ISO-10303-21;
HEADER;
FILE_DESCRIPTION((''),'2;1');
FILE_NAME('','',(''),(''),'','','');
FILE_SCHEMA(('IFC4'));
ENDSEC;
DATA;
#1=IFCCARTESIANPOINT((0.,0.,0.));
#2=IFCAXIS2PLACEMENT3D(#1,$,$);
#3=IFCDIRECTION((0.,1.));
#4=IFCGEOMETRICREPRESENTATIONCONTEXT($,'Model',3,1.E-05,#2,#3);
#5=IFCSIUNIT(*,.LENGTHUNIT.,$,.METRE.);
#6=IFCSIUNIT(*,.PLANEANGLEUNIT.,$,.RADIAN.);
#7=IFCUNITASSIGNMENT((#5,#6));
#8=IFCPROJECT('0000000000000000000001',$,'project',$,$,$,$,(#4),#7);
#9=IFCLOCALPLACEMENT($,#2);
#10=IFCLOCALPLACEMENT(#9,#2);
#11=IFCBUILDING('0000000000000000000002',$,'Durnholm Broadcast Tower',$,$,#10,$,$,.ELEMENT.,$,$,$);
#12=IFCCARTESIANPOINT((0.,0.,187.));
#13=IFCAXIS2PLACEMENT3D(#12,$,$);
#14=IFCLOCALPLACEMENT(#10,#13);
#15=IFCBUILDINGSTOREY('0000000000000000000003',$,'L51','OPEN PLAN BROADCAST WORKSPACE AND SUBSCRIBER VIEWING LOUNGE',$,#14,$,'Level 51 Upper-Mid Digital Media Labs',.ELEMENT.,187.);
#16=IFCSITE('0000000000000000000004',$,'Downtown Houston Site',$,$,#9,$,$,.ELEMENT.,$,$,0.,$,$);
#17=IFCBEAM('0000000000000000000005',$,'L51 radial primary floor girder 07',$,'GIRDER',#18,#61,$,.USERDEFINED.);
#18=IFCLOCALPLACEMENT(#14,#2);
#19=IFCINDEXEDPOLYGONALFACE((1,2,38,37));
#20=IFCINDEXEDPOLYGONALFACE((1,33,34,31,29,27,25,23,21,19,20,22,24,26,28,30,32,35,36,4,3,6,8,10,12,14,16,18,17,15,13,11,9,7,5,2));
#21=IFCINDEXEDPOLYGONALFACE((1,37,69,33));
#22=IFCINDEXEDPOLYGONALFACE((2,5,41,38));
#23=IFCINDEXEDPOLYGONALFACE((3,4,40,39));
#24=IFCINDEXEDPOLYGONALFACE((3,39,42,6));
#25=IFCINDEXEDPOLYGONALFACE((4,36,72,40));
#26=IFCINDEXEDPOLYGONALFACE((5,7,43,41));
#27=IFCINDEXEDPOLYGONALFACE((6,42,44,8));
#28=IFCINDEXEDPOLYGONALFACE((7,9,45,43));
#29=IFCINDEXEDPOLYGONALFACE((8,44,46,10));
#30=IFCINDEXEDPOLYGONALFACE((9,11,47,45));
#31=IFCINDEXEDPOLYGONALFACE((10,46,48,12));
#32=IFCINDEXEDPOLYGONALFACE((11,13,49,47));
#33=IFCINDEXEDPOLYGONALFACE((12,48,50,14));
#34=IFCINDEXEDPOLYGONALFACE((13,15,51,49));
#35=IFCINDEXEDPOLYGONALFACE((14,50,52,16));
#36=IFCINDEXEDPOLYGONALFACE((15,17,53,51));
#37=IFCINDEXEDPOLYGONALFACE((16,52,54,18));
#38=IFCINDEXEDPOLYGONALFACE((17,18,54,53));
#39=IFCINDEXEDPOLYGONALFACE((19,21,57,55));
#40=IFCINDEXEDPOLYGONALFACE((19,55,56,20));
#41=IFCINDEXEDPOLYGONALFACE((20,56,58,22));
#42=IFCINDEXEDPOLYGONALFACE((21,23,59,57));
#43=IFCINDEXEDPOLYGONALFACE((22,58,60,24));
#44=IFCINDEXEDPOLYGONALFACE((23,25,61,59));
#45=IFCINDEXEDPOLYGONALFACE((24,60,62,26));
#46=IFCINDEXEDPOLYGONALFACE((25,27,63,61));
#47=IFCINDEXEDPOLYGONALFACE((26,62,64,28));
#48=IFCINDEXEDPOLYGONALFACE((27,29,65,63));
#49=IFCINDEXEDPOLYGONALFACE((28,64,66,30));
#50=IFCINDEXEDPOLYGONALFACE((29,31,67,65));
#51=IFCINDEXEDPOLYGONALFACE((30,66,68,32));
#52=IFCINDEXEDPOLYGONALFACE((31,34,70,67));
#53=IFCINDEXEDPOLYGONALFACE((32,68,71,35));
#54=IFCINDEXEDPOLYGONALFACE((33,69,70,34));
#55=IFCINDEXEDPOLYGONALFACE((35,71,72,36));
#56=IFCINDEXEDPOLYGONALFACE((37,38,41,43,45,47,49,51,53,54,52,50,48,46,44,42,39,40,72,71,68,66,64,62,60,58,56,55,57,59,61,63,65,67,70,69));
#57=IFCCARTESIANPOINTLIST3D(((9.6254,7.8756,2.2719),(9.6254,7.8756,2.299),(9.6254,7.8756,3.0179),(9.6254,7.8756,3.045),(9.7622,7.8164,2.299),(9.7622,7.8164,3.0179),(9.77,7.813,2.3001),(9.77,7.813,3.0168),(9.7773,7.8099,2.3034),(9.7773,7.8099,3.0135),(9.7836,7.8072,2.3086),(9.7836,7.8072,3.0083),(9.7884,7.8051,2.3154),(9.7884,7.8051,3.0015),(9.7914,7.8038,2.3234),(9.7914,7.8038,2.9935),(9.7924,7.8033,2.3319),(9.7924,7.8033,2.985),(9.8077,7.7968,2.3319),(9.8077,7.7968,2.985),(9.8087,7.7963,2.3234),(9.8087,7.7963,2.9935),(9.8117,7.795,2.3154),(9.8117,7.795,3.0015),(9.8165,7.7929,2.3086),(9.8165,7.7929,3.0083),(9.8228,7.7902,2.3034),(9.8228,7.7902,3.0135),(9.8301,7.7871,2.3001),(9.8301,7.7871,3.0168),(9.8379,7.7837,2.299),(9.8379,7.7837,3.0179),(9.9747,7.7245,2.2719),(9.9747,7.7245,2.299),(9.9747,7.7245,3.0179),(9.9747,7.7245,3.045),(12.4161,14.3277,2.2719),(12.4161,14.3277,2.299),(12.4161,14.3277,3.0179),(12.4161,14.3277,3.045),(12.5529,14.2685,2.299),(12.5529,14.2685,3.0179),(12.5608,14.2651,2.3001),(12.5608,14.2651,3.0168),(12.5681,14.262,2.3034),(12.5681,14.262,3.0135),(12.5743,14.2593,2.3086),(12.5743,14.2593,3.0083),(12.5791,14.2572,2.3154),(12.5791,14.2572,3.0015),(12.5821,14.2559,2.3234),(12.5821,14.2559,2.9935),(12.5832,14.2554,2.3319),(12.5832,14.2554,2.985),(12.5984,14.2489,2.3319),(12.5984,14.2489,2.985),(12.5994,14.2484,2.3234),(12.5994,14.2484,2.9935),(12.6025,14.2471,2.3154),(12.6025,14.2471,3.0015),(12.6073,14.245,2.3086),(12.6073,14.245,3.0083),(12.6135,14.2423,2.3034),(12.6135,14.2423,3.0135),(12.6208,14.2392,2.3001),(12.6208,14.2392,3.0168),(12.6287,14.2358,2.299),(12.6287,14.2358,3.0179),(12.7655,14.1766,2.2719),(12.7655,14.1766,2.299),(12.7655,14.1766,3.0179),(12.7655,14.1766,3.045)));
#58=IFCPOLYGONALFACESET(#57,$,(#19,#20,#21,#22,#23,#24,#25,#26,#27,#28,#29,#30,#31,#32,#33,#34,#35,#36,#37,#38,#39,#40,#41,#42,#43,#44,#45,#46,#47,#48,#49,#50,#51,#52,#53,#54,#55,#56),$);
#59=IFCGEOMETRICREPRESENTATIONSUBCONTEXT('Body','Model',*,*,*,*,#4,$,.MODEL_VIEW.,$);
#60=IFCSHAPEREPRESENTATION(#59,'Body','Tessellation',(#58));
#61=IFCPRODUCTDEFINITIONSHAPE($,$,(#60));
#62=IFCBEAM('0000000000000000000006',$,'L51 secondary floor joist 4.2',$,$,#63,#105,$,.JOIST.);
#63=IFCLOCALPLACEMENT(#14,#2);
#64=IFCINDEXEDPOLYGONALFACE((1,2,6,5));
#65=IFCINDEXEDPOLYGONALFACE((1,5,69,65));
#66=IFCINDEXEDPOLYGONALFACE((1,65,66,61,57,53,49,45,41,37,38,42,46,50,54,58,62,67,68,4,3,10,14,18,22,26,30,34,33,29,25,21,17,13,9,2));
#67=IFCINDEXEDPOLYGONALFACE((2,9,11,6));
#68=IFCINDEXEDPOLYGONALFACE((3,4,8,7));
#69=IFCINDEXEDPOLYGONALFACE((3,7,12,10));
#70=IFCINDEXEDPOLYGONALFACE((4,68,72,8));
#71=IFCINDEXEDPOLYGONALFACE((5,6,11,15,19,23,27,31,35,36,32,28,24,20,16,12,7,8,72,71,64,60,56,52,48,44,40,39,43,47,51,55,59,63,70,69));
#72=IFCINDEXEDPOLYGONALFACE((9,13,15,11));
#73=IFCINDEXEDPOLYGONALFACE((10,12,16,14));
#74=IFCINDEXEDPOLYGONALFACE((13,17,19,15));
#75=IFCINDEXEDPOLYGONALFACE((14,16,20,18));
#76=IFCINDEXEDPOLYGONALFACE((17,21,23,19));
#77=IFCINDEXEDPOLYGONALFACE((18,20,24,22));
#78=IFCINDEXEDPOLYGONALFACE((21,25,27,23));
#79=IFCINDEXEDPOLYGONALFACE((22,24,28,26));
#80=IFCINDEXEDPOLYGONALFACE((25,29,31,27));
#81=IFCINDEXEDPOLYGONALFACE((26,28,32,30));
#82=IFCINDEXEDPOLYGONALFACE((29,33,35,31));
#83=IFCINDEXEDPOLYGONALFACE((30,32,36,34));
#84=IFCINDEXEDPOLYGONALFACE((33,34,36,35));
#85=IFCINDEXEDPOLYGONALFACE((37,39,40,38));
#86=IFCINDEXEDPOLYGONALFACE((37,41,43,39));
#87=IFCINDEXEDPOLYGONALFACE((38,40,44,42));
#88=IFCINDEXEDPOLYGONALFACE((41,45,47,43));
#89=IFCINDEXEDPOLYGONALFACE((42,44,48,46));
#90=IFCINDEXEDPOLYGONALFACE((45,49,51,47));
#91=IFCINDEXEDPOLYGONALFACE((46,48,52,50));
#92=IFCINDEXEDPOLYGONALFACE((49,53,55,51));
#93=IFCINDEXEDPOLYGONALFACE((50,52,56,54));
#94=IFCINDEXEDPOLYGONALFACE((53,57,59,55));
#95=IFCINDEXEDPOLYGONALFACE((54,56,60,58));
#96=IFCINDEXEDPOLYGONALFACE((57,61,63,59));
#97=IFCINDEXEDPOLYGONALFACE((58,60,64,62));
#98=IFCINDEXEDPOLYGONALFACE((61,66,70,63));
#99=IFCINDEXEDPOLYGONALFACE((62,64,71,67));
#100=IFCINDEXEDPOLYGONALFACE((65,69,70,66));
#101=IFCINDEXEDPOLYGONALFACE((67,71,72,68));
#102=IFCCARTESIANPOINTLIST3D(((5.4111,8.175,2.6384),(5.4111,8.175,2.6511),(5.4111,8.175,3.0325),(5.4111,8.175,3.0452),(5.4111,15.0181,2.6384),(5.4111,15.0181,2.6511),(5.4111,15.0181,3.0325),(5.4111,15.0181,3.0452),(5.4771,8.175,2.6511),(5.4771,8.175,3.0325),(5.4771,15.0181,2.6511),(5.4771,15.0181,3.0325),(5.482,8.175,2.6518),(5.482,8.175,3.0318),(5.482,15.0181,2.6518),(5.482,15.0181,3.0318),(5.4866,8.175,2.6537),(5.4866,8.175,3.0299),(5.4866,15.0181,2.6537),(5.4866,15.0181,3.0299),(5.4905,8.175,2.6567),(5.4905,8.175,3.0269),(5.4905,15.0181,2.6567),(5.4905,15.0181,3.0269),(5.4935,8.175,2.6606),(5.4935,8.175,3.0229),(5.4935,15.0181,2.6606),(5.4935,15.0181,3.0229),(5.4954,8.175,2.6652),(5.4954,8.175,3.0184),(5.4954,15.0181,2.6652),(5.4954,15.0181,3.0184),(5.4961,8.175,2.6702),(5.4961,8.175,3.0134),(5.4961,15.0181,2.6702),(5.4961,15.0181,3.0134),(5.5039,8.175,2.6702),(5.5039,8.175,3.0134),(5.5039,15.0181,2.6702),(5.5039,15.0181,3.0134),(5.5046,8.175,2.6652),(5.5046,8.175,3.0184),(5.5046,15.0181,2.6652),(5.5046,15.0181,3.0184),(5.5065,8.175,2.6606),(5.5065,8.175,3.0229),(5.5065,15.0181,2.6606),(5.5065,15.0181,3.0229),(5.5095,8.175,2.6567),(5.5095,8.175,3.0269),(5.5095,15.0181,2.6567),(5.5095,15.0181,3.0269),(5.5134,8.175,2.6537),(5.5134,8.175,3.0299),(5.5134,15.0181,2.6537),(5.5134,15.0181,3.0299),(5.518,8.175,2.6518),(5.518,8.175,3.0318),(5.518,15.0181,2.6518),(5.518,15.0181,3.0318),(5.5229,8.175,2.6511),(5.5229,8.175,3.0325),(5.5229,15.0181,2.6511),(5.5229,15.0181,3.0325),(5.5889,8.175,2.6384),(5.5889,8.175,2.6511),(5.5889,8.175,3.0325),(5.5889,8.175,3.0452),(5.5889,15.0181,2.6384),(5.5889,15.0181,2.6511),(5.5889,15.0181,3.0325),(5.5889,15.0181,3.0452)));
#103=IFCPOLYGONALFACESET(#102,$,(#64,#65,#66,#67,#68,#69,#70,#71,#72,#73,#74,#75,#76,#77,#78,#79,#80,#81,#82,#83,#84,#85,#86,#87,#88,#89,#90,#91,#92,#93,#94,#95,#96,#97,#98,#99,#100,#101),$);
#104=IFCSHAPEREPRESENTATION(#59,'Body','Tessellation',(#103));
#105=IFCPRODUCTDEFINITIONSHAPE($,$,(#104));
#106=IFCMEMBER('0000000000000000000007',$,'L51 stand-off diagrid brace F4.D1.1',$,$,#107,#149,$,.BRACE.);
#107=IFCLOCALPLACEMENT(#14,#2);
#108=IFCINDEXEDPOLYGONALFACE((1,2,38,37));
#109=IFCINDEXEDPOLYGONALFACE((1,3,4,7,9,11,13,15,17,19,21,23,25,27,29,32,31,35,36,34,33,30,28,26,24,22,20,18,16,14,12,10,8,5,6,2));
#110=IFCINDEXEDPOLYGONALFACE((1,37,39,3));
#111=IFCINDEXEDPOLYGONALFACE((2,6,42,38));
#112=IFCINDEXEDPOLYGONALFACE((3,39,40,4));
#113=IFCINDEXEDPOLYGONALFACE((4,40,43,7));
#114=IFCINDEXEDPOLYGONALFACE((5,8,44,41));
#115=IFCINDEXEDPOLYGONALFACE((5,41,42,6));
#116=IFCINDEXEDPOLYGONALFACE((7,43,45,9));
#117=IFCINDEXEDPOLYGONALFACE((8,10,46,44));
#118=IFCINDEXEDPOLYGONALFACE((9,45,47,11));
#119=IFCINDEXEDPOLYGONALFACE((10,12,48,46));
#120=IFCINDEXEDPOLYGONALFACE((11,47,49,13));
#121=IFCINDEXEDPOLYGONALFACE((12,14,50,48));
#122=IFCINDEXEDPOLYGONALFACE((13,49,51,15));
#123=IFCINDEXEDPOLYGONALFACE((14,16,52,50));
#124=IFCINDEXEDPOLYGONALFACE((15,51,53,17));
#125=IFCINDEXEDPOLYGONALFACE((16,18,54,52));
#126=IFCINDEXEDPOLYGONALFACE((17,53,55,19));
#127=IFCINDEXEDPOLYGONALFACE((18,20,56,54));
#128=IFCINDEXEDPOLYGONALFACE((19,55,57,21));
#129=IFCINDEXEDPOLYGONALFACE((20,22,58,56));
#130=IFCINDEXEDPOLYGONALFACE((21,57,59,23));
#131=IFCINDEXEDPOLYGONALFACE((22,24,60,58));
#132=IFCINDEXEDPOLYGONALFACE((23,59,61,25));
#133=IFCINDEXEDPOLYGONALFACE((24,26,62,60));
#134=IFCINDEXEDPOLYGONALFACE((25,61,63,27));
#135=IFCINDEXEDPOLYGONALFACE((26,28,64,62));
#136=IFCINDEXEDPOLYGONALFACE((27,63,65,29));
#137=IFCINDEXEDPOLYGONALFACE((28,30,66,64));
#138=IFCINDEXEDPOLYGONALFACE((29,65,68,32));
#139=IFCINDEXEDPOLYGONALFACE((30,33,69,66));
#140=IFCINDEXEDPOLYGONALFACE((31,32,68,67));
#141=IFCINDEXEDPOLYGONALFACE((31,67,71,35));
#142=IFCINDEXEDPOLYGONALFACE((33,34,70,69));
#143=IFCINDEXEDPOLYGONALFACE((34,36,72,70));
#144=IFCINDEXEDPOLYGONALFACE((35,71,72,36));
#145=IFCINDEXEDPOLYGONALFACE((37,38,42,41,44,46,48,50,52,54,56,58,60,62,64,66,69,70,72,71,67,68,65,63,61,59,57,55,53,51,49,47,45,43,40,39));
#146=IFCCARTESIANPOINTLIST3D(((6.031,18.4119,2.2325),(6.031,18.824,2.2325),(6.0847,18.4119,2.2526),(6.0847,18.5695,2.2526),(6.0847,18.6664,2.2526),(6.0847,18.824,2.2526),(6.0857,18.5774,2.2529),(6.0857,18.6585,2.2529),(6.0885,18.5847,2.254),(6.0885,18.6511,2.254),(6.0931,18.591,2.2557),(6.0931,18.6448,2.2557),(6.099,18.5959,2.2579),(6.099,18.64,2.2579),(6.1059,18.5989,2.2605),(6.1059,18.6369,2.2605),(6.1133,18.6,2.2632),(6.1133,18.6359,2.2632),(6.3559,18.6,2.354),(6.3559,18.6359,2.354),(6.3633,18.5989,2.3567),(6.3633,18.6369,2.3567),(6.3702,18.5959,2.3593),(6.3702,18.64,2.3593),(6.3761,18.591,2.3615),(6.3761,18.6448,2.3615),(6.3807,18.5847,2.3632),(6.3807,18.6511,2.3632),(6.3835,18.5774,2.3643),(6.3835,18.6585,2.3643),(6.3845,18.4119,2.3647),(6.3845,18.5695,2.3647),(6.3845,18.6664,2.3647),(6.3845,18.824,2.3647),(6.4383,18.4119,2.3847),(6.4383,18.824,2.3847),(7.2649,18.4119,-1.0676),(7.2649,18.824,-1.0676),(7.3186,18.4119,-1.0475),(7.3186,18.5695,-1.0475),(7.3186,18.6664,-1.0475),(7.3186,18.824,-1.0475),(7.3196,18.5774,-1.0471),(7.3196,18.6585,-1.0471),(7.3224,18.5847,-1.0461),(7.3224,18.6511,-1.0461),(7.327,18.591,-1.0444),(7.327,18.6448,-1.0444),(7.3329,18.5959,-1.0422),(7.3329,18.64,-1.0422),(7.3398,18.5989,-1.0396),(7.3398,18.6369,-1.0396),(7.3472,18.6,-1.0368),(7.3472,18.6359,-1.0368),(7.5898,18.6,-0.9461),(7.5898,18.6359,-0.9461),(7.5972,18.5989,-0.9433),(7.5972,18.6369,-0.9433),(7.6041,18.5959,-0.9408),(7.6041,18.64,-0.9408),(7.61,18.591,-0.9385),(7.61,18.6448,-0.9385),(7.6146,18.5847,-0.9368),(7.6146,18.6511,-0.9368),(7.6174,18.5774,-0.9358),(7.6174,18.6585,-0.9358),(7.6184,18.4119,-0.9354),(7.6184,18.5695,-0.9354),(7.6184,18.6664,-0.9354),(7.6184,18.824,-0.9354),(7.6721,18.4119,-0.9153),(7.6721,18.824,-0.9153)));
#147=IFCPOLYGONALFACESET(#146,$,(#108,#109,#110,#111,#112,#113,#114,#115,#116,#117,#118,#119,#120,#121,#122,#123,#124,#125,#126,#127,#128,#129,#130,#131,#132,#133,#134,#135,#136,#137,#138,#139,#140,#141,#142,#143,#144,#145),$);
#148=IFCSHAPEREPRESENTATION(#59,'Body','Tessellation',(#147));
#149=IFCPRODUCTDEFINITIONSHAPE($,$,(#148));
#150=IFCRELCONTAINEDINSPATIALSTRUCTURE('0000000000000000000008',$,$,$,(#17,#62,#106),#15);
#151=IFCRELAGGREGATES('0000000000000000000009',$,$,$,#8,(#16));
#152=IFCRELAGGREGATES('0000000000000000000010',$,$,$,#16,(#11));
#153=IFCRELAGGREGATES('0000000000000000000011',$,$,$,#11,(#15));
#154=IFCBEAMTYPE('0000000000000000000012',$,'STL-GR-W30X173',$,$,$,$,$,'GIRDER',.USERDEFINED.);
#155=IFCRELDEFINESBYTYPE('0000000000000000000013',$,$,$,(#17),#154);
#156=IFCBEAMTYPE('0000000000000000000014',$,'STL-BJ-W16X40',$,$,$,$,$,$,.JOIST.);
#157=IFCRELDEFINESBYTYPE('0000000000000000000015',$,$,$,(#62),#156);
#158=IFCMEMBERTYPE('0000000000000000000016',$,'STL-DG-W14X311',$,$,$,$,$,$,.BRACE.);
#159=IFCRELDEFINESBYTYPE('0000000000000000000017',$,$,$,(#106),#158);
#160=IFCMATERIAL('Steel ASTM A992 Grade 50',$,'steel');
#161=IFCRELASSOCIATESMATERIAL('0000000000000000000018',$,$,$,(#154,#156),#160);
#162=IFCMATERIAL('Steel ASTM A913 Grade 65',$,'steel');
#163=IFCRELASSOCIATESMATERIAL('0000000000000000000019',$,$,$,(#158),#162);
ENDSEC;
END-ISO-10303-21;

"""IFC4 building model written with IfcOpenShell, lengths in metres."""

from ifc_helpers import new_model, si_unit, direction, frame, origin, origin_2d, place, context, subcontext, project, spatial, i_section, extrude, source, transform, mapped, material, material_profile, profile_set, type_object, type_shapes, element, save


model = new_model("IFC4")

# Units and contexts
model_context = context("Model", 3, precision=1e-05, world=origin(), true_north=direction((0.0, 1.0)))
body_context = subcontext(model_context, "Body", "Model", "MODEL_VIEW")
ifc_project = project(units=[si_unit("LENGTHUNIT", "METRE"), si_unit("PLANEANGLEUNIT", "RADIAN")], contexts=[model_context])

# Site, building, storey
site_placement = place(None, origin())
site = spatial("IfcSite", under=ifc_project, at=site_placement, Name="Downtown Houston Site", CompositionType="ELEMENT", RefElevation=0.0)
building_placement = place(site_placement, origin())
building = spatial("IfcBuilding", under=site, at=building_placement, Name="Durnholm Broadcast Tower", CompositionType="ELEMENT")
storey_placement = place(building_placement, frame((0.0, 0.0, 187.0)))
storey = spatial("IfcBuildingStorey", under=building, at=storey_placement, Name="L51", Description="OPEN PLAN BROADCAST WORKSPACE AND SUBSCRIBER VIEWING LOUNGE", LongName="Level 51 Upper-Mid Digital Media Labs", CompositionType="ELEMENT", Elevation=187.0)

# Beams
ifc_material_1 = material(Name="Steel ASTM A992 Grade 50", Category="steel")
ifc_material_profile_1 = material_profile(ifc_material_1, i_section(OverallWidth=0.3806, OverallDepth=0.7732, WebThickness=0.0166, FlangeThickness=0.0271, FilletRadius=0.033, at=origin_2d()), Name="W30X173")
ifc_profile_set_1 = profile_set([ifc_material_profile_1], Name="Steel ASTM A992 Grade 50")
beam_type_1 = type_object("IfcBeamType", Name="STL-GR-W30X173", ElementType="GIRDER", PredefinedType="USERDEFINED", material=ifc_profile_set_1)
shared_shape_1 = source(origin(), body_context, "Body", "SweptSolid", [
    extrude(i_section(OverallWidth=0.3806, OverallDepth=0.7732, WebThickness=0.0166, FlangeThickness=0.0271, FilletRadius=0.033, at=origin_2d()), origin(), (0.0, 0.0, 1.0), 7.0298),
])
beam_1_placement = place(storey_placement, frame((9.8, 7.8, 2.6584), z_axis=(0.396989, 0.917823, 0.0), x_axis=(-0.917823, 0.396989, 0.0)))
element("IfcBeam", 1, at=beam_1_placement, inside=storey, type_object=beam_type_1, Name="L51 radial primary floor girder 07", ObjectType="GIRDER", PredefinedType="USERDEFINED", context=body_context, shape_type="MappedRepresentation", body=[
    mapped(shared_shape_1, transform((0.0, 0.0, 0.0), x_axis=(1.0, 0.0, 0.0), y_axis=(0.0, 1.0, 0.0), z_axis=(0.0, 0.0, 1.0), scale=1.0)),
])
ifc_material_profile_2 = material_profile(ifc_material_1, i_section(OverallWidth=0.1777, OverallDepth=0.4067, WebThickness=0.0078, FlangeThickness=0.0127, FilletRadius=0.019, at=origin_2d()), Name="W16X40")
ifc_profile_set_2 = profile_set([ifc_material_profile_2], Name="Steel ASTM A992 Grade 50")
beam_type_2 = type_object("IfcBeamType", Name="STL-BJ-W16X40", PredefinedType="JOIST", material=ifc_profile_set_2)
shared_shape_2 = source(origin(), body_context, "Body", "SweptSolid", [
    extrude(i_section(OverallWidth=0.1777, OverallDepth=0.4067, WebThickness=0.0078, FlangeThickness=0.0127, FilletRadius=0.019, at=origin_2d()), origin(), (0.0, 0.0, 1.0), 6.843),
])
type_shapes(beam_type_2, [shared_shape_2])
beam_2_placement = place(storey_placement, frame((5.5, 8.175, 2.8418), z_axis=(0.0, 1.0, 0.0), x_axis=(-1.0, 0.0, 0.0)))
element("IfcBeam", 2, at=beam_2_placement, inside=storey, type_object=beam_type_2, Name="L51 secondary floor joist 4.2", PredefinedType="JOIST", context=body_context, shape_type="MappedRepresentation", body=[
    mapped(shared_shape_2, transform((0.0, 0.0, 0.0), x_axis=(1.0, 0.0, 0.0), y_axis=(0.0, 1.0, 0.0), z_axis=(0.0, 0.0, 1.0), scale=1.0)),
])

# Member
ifc_material_2 = material(Name="Steel ASTM A913 Grade 65", Category="steel")
ifc_material_profile_3 = material_profile(ifc_material_2, i_section(OverallWidth=0.4121, OverallDepth=0.4348, WebThickness=0.0359, FlangeThickness=0.0574, FilletRadius=0.0305, at=origin_2d()), Name="W14X311")
ifc_profile_set_3 = profile_set([ifc_material_profile_3], Name="Steel ASTM A913 Grade 65")
member_type_1 = type_object("IfcMemberType", Name="STL-DG-W14X311", PredefinedType="BRACE", material=ifc_profile_set_3)
shared_shape_3 = source(origin(), body_context, "Body", "SweptSolid", [
    extrude(i_section(OverallWidth=0.4121, OverallDepth=0.4348, WebThickness=0.0359, FlangeThickness=0.0574, FilletRadius=0.0305, at=origin_2d()), origin(), (0.0, 0.0, 1.0), 3.5232),
])
type_shapes(member_type_1, [shared_shape_3])
for number, where, z_axis, x_axis, name in (
    (3, (7.4685, 18.6179, -0.9915), (-0.35022, 0.0, 0.936668), (0.0, -1.0, 0.0), "L51 stand-off diagrid brace F4.D1.1"),
):
    element("IfcMember", number, at=place(storey_placement, frame(where, z_axis=z_axis, x_axis=x_axis)), inside=storey, type_object=member_type_1, Name=name, PredefinedType="BRACE", context=body_context, shape_type="MappedRepresentation", body=[
        mapped(shared_shape_3, transform((0.0, 0.0, 0.0), x_axis=(1.0, 0.0, 0.0), y_axis=(0.0, 1.0, 0.0), z_axis=(0.0, 0.0, 1.0), scale=1.0)),
    ])

save(model, "model.ifc")
